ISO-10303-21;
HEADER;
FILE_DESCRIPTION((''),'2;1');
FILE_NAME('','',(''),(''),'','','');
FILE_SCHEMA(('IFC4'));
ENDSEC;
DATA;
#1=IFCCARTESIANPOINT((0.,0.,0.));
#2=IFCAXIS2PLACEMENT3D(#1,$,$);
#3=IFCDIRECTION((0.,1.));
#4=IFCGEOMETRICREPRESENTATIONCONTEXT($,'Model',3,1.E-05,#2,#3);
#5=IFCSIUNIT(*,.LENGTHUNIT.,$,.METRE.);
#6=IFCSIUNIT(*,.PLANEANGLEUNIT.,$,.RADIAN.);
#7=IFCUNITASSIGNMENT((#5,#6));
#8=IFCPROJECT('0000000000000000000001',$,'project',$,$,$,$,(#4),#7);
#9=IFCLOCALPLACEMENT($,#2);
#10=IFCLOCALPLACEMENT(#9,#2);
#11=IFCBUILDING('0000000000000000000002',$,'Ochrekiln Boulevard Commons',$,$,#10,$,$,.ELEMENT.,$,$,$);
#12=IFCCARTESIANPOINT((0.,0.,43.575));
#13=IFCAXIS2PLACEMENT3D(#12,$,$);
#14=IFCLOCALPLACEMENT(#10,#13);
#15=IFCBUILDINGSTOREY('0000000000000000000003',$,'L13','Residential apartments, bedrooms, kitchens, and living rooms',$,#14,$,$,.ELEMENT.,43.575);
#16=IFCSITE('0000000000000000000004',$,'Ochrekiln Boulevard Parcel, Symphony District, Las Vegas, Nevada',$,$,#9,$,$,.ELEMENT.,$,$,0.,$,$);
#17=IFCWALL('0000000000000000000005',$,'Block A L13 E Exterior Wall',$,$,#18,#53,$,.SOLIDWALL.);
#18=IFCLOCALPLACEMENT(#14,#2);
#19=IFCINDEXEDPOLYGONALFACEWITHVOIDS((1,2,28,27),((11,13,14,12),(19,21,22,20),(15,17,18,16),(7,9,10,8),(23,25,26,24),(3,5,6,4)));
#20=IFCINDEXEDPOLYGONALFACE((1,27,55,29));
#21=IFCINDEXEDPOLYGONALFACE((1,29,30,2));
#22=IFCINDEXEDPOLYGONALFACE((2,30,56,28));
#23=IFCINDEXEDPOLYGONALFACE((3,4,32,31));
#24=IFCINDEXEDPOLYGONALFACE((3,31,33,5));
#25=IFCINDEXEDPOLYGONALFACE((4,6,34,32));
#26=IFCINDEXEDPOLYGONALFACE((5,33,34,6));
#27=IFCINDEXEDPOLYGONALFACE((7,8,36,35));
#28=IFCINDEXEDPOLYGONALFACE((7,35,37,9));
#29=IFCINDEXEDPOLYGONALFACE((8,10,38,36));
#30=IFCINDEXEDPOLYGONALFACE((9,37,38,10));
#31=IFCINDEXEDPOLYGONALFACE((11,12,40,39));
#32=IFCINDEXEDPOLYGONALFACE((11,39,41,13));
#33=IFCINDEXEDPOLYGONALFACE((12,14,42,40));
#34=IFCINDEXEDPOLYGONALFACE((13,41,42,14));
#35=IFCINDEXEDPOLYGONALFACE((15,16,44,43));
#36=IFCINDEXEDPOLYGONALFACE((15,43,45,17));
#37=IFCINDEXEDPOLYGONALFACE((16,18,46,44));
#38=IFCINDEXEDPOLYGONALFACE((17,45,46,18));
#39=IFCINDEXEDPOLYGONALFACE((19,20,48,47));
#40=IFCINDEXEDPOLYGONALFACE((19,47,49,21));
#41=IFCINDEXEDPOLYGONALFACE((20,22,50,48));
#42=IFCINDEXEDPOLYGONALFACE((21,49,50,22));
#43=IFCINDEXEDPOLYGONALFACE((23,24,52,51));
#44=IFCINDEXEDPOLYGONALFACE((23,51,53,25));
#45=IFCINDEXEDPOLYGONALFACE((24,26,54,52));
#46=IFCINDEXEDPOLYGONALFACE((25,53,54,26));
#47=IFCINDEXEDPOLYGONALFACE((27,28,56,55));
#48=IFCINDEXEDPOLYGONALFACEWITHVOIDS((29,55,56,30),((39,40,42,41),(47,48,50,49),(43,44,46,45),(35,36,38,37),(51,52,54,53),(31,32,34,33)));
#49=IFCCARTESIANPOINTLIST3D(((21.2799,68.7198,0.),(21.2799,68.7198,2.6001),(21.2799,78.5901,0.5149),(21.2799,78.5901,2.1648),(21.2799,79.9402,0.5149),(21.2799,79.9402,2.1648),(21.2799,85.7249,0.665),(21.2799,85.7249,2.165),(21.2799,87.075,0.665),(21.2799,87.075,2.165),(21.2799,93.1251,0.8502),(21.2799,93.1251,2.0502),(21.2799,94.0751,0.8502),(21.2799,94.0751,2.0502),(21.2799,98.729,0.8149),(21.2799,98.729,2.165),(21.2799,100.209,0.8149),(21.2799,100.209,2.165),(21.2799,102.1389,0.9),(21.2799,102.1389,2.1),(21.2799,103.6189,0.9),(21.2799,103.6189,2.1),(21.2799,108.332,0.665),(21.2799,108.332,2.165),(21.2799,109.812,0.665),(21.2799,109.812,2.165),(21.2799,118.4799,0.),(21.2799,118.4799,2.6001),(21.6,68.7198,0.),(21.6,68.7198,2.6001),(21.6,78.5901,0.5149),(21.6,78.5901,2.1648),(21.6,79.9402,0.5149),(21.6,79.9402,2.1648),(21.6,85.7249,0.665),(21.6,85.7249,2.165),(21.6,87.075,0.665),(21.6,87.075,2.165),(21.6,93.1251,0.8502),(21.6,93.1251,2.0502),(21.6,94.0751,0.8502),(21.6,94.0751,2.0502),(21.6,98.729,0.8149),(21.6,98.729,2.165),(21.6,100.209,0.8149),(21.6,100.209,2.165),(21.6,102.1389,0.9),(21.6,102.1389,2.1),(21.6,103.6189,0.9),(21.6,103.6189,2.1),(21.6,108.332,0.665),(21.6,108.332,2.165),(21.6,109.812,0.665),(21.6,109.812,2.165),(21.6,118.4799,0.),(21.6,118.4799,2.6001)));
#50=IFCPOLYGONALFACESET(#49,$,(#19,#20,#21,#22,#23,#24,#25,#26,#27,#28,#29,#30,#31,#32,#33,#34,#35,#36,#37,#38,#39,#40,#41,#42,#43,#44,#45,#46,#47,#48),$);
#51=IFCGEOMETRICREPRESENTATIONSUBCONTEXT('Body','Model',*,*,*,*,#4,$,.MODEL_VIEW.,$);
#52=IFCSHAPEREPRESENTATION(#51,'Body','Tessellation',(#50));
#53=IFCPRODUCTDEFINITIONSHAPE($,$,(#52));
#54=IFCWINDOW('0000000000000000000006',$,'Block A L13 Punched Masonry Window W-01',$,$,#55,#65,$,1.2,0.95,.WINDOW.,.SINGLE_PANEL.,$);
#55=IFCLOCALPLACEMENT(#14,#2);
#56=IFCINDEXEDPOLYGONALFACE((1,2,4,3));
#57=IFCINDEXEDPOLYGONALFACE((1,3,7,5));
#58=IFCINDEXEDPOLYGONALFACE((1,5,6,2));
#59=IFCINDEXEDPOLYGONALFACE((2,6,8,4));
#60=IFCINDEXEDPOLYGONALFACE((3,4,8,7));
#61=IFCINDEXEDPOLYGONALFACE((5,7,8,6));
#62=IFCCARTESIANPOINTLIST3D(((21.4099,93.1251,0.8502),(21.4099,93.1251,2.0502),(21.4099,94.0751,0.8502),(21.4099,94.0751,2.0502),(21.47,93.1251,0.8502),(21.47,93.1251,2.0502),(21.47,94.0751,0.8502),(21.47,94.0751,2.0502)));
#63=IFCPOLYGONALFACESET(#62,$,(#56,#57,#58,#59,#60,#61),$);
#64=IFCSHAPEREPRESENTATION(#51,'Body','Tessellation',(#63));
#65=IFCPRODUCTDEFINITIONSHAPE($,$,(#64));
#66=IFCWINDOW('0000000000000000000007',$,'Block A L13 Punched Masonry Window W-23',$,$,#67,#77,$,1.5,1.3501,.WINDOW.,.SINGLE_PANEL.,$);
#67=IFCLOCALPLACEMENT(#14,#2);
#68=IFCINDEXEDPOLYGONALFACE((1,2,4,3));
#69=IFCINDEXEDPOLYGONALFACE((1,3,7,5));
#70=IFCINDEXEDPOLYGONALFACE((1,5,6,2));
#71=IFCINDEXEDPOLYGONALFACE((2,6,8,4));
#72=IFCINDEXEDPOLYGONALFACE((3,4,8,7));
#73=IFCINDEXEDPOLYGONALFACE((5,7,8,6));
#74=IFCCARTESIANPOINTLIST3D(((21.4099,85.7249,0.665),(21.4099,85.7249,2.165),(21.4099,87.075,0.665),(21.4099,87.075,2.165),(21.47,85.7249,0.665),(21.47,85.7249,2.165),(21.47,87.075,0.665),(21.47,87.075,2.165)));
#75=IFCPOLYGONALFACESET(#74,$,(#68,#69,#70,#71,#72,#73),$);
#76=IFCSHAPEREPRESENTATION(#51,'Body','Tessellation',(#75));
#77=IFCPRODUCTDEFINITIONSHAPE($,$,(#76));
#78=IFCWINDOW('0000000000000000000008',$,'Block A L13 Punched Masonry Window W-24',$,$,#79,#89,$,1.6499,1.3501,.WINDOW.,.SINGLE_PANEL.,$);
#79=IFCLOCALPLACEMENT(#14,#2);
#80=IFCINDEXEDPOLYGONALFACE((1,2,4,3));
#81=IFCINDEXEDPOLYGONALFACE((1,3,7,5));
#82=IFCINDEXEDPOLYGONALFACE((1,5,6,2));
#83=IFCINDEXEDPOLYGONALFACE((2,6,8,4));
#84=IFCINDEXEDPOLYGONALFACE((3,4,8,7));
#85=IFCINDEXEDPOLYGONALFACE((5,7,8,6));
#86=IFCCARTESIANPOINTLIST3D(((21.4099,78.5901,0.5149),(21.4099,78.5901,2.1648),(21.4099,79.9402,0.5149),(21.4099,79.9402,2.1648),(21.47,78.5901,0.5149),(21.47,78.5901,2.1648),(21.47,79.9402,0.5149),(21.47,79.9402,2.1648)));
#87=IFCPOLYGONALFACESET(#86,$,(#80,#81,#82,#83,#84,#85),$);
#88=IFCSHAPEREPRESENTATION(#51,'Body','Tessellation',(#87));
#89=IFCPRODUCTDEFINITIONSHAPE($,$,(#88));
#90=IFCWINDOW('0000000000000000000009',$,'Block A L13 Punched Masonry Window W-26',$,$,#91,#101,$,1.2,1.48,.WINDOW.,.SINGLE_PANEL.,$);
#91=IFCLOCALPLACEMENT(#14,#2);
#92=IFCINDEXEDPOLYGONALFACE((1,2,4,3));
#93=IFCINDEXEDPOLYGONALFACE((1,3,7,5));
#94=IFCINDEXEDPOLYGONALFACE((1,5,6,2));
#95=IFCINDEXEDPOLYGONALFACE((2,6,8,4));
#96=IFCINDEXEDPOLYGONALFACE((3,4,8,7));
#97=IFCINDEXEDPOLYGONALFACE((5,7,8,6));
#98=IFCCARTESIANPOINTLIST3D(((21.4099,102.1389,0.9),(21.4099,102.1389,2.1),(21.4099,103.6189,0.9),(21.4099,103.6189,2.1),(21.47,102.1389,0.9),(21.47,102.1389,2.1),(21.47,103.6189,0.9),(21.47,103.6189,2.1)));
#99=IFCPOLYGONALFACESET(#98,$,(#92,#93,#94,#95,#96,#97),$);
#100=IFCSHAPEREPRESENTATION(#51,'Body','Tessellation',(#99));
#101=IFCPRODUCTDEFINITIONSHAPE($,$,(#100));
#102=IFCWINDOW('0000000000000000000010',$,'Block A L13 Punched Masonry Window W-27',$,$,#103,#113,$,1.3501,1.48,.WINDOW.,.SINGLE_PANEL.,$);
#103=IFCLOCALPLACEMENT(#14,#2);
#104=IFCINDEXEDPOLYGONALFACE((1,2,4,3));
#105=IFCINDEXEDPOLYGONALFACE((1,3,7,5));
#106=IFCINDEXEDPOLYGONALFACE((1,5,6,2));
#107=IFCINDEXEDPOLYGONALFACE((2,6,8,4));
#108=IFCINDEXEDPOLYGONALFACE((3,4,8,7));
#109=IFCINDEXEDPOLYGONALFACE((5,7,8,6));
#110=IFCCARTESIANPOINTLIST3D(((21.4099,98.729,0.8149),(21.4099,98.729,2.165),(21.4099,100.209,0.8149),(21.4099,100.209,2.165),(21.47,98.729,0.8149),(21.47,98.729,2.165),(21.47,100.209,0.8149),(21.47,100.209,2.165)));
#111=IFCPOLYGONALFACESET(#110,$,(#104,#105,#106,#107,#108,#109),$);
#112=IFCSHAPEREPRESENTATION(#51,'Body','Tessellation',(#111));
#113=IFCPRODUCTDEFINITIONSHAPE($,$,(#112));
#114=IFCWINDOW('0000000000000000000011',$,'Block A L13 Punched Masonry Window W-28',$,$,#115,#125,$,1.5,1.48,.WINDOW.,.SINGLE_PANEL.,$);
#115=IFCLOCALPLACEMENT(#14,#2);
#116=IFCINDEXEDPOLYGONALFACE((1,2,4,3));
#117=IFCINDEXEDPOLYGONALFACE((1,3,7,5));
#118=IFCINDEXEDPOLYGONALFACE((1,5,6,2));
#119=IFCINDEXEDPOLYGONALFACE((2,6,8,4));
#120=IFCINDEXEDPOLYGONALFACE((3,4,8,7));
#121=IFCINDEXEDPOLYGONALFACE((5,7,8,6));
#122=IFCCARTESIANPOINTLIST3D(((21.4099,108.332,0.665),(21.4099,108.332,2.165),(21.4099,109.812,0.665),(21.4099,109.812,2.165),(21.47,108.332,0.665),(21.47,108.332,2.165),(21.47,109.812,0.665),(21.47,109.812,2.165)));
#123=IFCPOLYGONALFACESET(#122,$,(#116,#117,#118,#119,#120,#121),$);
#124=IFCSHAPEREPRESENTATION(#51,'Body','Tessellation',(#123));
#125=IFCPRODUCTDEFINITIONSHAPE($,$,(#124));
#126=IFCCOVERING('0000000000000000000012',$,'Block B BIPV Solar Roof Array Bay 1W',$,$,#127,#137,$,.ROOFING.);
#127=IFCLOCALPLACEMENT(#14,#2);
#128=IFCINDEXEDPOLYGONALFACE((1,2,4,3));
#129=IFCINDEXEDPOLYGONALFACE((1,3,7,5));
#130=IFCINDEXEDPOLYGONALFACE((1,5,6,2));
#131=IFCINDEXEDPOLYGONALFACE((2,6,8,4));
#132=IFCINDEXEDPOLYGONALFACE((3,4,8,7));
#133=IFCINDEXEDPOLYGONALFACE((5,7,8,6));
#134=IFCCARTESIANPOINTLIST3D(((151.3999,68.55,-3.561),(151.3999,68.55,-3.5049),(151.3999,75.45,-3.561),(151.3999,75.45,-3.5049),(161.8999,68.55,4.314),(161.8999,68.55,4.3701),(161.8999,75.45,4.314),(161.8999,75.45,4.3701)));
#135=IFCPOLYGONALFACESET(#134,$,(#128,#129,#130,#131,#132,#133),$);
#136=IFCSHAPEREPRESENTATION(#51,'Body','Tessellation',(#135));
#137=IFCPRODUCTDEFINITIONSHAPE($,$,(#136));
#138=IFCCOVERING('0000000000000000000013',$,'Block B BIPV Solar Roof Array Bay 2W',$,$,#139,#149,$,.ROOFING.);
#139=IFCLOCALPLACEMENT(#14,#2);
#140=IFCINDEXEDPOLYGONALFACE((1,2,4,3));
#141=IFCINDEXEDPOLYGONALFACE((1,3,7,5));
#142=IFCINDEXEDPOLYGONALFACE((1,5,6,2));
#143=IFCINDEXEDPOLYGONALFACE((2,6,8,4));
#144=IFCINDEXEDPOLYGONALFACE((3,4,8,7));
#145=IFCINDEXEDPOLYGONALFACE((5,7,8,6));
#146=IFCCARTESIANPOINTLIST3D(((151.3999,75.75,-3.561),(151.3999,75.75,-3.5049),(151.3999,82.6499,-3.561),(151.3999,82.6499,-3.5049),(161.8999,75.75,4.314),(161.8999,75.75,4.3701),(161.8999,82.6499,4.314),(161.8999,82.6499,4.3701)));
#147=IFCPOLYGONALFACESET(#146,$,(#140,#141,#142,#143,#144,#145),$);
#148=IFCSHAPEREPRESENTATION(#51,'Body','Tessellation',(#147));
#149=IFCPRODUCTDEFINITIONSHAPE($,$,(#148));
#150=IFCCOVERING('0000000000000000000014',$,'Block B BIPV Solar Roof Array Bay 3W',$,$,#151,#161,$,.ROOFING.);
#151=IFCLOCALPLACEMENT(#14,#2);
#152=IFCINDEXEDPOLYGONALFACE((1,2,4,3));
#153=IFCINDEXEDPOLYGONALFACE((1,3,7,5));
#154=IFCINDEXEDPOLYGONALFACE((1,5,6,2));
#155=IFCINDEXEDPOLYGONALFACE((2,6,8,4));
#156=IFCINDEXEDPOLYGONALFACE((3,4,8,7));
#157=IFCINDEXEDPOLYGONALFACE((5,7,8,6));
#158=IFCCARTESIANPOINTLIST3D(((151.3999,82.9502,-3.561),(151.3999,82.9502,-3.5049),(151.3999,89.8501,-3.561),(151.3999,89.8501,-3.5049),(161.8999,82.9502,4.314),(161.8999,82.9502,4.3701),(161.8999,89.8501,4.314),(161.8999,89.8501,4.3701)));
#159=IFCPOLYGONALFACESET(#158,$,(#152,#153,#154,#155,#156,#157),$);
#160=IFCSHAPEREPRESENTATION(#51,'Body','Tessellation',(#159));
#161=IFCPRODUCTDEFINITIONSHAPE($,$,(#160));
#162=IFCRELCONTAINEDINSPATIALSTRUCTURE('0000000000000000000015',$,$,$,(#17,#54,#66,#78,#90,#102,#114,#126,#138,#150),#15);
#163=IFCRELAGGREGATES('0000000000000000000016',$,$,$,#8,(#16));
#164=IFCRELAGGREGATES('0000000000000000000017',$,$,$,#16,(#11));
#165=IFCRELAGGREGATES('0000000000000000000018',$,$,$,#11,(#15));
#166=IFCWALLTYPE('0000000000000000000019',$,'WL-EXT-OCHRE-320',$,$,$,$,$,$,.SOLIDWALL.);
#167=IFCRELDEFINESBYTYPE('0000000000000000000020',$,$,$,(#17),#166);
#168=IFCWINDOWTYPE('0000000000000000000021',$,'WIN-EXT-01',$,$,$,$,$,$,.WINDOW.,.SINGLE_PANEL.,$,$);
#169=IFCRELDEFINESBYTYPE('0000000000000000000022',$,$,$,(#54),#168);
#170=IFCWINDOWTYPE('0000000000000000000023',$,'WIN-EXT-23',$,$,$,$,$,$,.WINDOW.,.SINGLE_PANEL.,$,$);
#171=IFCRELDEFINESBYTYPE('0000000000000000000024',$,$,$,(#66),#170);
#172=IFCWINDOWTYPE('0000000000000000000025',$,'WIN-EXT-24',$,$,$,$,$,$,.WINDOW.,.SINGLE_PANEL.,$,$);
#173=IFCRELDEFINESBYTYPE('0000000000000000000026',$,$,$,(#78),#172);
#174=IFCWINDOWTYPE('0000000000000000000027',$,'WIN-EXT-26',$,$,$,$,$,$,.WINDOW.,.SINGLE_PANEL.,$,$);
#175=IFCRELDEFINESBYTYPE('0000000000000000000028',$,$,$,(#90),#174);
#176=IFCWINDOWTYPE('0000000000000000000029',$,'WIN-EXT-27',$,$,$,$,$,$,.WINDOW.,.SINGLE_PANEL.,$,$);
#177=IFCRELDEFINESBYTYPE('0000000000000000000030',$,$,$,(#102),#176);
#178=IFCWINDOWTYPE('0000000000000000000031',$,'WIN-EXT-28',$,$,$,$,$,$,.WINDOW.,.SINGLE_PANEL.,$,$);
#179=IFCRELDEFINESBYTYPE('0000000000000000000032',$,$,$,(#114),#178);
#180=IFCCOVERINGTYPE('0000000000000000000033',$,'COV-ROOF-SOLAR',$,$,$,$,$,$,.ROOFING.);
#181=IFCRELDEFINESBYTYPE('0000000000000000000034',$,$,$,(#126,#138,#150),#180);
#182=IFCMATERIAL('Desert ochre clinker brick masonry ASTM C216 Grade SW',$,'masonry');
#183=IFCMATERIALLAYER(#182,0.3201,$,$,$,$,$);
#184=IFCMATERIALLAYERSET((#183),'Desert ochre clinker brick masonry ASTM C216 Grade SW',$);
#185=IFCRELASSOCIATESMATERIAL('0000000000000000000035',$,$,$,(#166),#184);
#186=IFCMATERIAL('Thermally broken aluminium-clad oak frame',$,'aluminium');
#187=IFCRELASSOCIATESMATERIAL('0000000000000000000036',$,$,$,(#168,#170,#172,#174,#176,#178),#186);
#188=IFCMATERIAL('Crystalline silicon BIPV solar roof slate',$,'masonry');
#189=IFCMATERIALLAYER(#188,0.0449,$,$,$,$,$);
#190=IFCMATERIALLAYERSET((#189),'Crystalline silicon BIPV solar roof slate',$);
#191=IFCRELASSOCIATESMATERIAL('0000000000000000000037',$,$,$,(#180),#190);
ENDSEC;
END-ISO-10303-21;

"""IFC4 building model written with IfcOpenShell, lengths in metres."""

from ifc_helpers import new_model, si_unit, direction, frame, frame_2d, origin, place, context, subcontext, project, spatial, polyline, rectangle, outline, extrude, material, layer, layer_set, type_object, element, fill, save


model = new_model("IFC4")

# Units and contexts
model_context = context("Model", 3, precision=1e-05, world=origin(), true_north=direction((0.0, 1.0)))
body_context = subcontext(model_context, "Body", "Model", "MODEL_VIEW")
ifc_project = project(units=[si_unit("LENGTHUNIT", "METRE"), si_unit("PLANEANGLEUNIT", "RADIAN")], contexts=[model_context])

# Site, building, storey
site_placement = place(None, origin())
site = spatial("IfcSite", under=ifc_project, at=site_placement, Name="Ochrekiln Boulevard Parcel, Symphony District, Las Vegas, Nevada", CompositionType="ELEMENT", RefElevation=0.0)
building_placement = place(site_placement, origin())
building = spatial("IfcBuilding", under=site, at=building_placement, Name="Ochrekiln Boulevard Commons", CompositionType="ELEMENT")
storey_placement = place(building_placement, frame((0.0, 0.0, 43.575)))
storey = spatial("IfcBuildingStorey", under=building, at=storey_placement, Name="L13", Description="Residential apartments, bedrooms, kitchens, and living rooms", CompositionType="ELEMENT", Elevation=43.575)

# Wall, openings, windows
ifc_material_1 = material(Name="Desert ochre clinker brick masonry ASTM C216 Grade SW", Category="masonry")
ifc_layer_1 = layer(ifc_material_1, 0.3201)
ifc_layer_set_1 = layer_set([ifc_layer_1], Name="Desert ochre clinker brick masonry ASTM C216 Grade SW")
wall_type_1 = type_object("IfcWallType", Name="WL-EXT-OCHRE-320", PredefinedType="SOLIDWALL", material=ifc_layer_set_1)
wall_1_placement = place(storey_placement, frame((21.4399, 68.72, 0.0), z_axis=(0.0, 0.0, 1.0), x_axis=(0.0, 1.0, 0.0)))
wall_1 = element("IfcWall", 1, at=wall_1_placement, inside=storey, type_object=wall_type_1, Name="Block A L13 E Exterior Wall", PredefinedType="SOLIDWALL", context=body_context, shape_type="SweptSolid", body=[
    extrude(rectangle(XDim=49.76, YDim=0.3201, at=frame_2d((24.8799, 0.0))), origin(), (0.0, 0.0, 1.0), 2.6001),
])
opening_1_placement = place(wall_1_placement, frame((17.0049, 0.0, 0.665)))
opening_1 = element("IfcOpeningElement", 2, at=opening_1_placement, cuts=wall_1, PredefinedType="OPENING", context=body_context, shape_type="SweptSolid", body=[
    extrude(rectangle(XDim=1.3501, YDim=1.5, at=frame_2d((0.675, 0.75))), frame((0.0, 0.1699, 0.0), z_axis=(0.0, -1.0, 0.0), x_axis=(1.0, 0.0, 0.0)), (0.0, 0.0, 1.0), 0.3401),
])
opening_2_placement = place(wall_1_placement, frame((9.8701, 0.0, 0.5149)))
opening_2 = element("IfcOpeningElement", 3, at=opening_2_placement, cuts=wall_1, PredefinedType="OPENING", context=body_context, shape_type="SweptSolid", body=[
    extrude(rectangle(XDim=1.3501, YDim=1.6499, at=frame_2d((0.675, 0.825))), frame((0.0, 0.1699, 0.0), z_axis=(0.0, -1.0, 0.0), x_axis=(1.0, 0.0, 0.0)), (0.0, 0.0, 1.0), 0.3401),
])
opening_3_placement = place(wall_1_placement, frame((24.405, 0.0, 0.8501)))
opening_3 = element("IfcOpeningElement", 4, at=opening_3_placement, cuts=wall_1, PredefinedType="OPENING", context=body_context, shape_type="SweptSolid", body=[
    extrude(rectangle(XDim=0.95, YDim=1.2, at=frame_2d((0.4751, 0.6001))), frame((0.0, 0.1699, 0.0), z_axis=(0.0, -1.0, 0.0), x_axis=(1.0, 0.0, 0.0)), (0.0, 0.0, 1.0), 0.3401),
])
opening_4_placement = place(wall_1_placement, frame((33.4189, 0.0, 0.8999)))
opening_4 = element("IfcOpeningElement", 5, at=opening_4_placement, cuts=wall_1, PredefinedType="OPENING", context=body_context, shape_type="SweptSolid", body=[
    extrude(rectangle(XDim=1.48, YDim=1.2, at=frame_2d((0.74, 0.6001))), frame((0.0, 0.1699, 0.0), z_axis=(0.0, -1.0, 0.0), x_axis=(1.0, 0.0, 0.0)), (0.0, 0.0, 1.0), 0.3401),
])
opening_5_placement = place(wall_1_placement, frame((30.009, 0.0, 0.8149)))
opening_5 = element("IfcOpeningElement", 6, at=opening_5_placement, cuts=wall_1, PredefinedType="OPENING", context=body_context, shape_type="SweptSolid", body=[
    extrude(rectangle(XDim=1.48, YDim=1.3501, at=frame_2d((0.74, 0.675))), frame((0.0, 0.1699, 0.0), z_axis=(0.0, -1.0, 0.0), x_axis=(1.0, 0.0, 0.0)), (0.0, 0.0, 1.0), 0.3401),
])
opening_6_placement = place(wall_1_placement, frame((39.6121, 0.0, 0.665)))
opening_6 = element("IfcOpeningElement", 7, at=opening_6_placement, cuts=wall_1, PredefinedType="OPENING", context=body_context, shape_type="SweptSolid", body=[
    extrude(rectangle(XDim=1.48, YDim=1.5, at=frame_2d((0.74, 0.75))), frame((0.0, 0.1699, 0.0), z_axis=(0.0, -1.0, 0.0), x_axis=(1.0, 0.0, 0.0)), (0.0, 0.0, 1.0), 0.3401),
])
ifc_material_2 = material(Name="Thermally broken aluminium-clad oak frame", Category="aluminium")
window_type_1 = type_object("IfcWindowType", Name="WIN-EXT-01", PartitioningType="SINGLE_PANEL", PredefinedType="WINDOW", material=ifc_material_2)
window_1_placement = place(opening_3_placement, origin())
window_1 = element("IfcWindow", 8, at=window_1_placement, inside=storey, type_object=window_type_1, Name="Block A L13 Punched Masonry Window W-01", OverallHeight=1.2, OverallWidth=0.95, PartitioningType="SINGLE_PANEL", PredefinedType="WINDOW", context=body_context, shape_type="SweptSolid", body=[
    extrude(rectangle(XDim=0.95, YDim=1.2, at=frame_2d((0.4751, 0.6001))), frame((0.0, 0.03, 0.0), z_axis=(0.0, -1.0, 0.0), x_axis=(1.0, 0.0, 0.0)), (0.0, 0.0, 1.0), 0.0601),
])
fill(opening_3, window_1)
window_type_2 = type_object("IfcWindowType", Name="WIN-EXT-23", PartitioningType="SINGLE_PANEL", PredefinedType="WINDOW", material=ifc_material_2)
window_2_placement = place(opening_1_placement, origin())
window_2 = element("IfcWindow", 9, at=window_2_placement, inside=storey, type_object=window_type_2, Name="Block A L13 Punched Masonry Window W-23", OverallHeight=1.5, OverallWidth=1.3501, PartitioningType="SINGLE_PANEL", PredefinedType="WINDOW", context=body_context, shape_type="SweptSolid", body=[
    extrude(rectangle(XDim=1.3501, YDim=1.5, at=frame_2d((0.675, 0.75))), frame((0.0, 0.03, 0.0), z_axis=(0.0, -1.0, 0.0), x_axis=(1.0, 0.0, 0.0)), (0.0, 0.0, 1.0), 0.0601),
])
fill(opening_1, window_2)
window_type_3 = type_object("IfcWindowType", Name="WIN-EXT-24", PartitioningType="SINGLE_PANEL", PredefinedType="WINDOW", material=ifc_material_2)
window_3_placement = place(opening_2_placement, origin())
window_3 = element("IfcWindow", 10, at=window_3_placement, inside=storey, type_object=window_type_3, Name="Block A L13 Punched Masonry Window W-24", OverallHeight=1.6499, OverallWidth=1.3501, PartitioningType="SINGLE_PANEL", PredefinedType="WINDOW", context=body_context, shape_type="SweptSolid", body=[
    extrude(rectangle(XDim=1.3501, YDim=1.6499, at=frame_2d((0.675, 0.825))), frame((0.0, 0.03, 0.0), z_axis=(0.0, -1.0, 0.0), x_axis=(1.0, 0.0, 0.0)), (0.0, 0.0, 1.0), 0.0601),
])
fill(opening_2, window_3)
window_type_4 = type_object("IfcWindowType", Name="WIN-EXT-26", PartitioningType="SINGLE_PANEL", PredefinedType="WINDOW", material=ifc_material_2)
window_4_placement = place(opening_4_placement, origin())
window_4 = element("IfcWindow", 11, at=window_4_placement, inside=storey, type_object=window_type_4, Name="Block A L13 Punched Masonry Window W-26", OverallHeight=1.2, OverallWidth=1.48, PartitioningType="SINGLE_PANEL", PredefinedType="WINDOW", context=body_context, shape_type="SweptSolid", body=[
    extrude(rectangle(XDim=1.48, YDim=1.2, at=frame_2d((0.74, 0.6001))), frame((0.0, 0.03, 0.0), z_axis=(0.0, -1.0, 0.0), x_axis=(1.0, 0.0, 0.0)), (0.0, 0.0, 1.0), 0.0601),
])
fill(opening_4, window_4)
window_type_5 = type_object("IfcWindowType", Name="WIN-EXT-27", PartitioningType="SINGLE_PANEL", PredefinedType="WINDOW", material=ifc_material_2)
window_5_placement = place(opening_5_placement, origin())
window_5 = element("IfcWindow", 12, at=window_5_placement, inside=storey, type_object=window_type_5, Name="Block A L13 Punched Masonry Window W-27", OverallHeight=1.3501, OverallWidth=1.48, PartitioningType="SINGLE_PANEL", PredefinedType="WINDOW", context=body_context, shape_type="SweptSolid", body=[
    extrude(rectangle(XDim=1.48, YDim=1.3501, at=frame_2d((0.74, 0.675))), frame((0.0, 0.03, 0.0), z_axis=(0.0, -1.0, 0.0), x_axis=(1.0, 0.0, 0.0)), (0.0, 0.0, 1.0), 0.0601),
])
fill(opening_5, window_5)
window_type_6 = type_object("IfcWindowType", Name="WIN-EXT-28", PartitioningType="SINGLE_PANEL", PredefinedType="WINDOW", material=ifc_material_2)
window_6_placement = place(opening_6_placement, origin())
window_6 = element("IfcWindow", 13, at=window_6_placement, inside=storey, type_object=window_type_6, Name="Block A L13 Punched Masonry Window W-28", OverallHeight=1.5, OverallWidth=1.48, PartitioningType="SINGLE_PANEL", PredefinedType="WINDOW", context=body_context, shape_type="SweptSolid", body=[
    extrude(rectangle(XDim=1.48, YDim=1.5, at=frame_2d((0.74, 0.75))), frame((0.0, 0.03, 0.0), z_axis=(0.0, -1.0, 0.0), x_axis=(1.0, 0.0, 0.0)), (0.0, 0.0, 1.0), 0.0601),
])
fill(opening_6, window_6)

# Coverings
ifc_material_3 = material(Name="Crystalline silicon BIPV solar roof slate", Category="masonry")
ifc_layer_2 = layer(ifc_material_3, 0.0449)
ifc_layer_set_2 = layer_set([ifc_layer_2], Name="Crystalline silicon BIPV solar roof slate")
covering_type = type_object("IfcCoveringType", Name="COV-ROOF-SOLAR", PredefinedType="ROOFING", material=ifc_layer_set_2)
for number, where, z_axis, x_axis, name in (
    (14, (151.3999, 75.45, -3.5049), (0.0, -1.0, 0.0), (1.0, 0.0, 0.0), "Block B BIPV Solar Roof Array Bay 1W"),
    (15, (151.3999, 82.6499, -3.5049), (0.0, -1.0, 0.0), (1.0, 0.0, 0.0), "Block B BIPV Solar Roof Array Bay 2W"),
    (16, (151.3999, 89.8501, -3.5049), (0.0, -1.0, 0.0), (1.0, 0.0, 0.0), "Block B BIPV Solar Roof Array Bay 3W"),
):
    element("IfcCovering", number, at=place(storey_placement, frame(where, z_axis=z_axis, x_axis=x_axis)), inside=storey, type_object=covering_type, Name=name, PredefinedType="ROOFING", context=body_context, shape_type="SweptSolid", body=[
        extrude(outline(polyline([(0.0, 0.0), (10.5, 7.875), (10.5, 7.8188), (0.0, -0.0562), (0.0, 0.0)])), origin(), (0.0, 0.0, 1.0), 6.8999),
    ])

save(model, "model.ifc")
